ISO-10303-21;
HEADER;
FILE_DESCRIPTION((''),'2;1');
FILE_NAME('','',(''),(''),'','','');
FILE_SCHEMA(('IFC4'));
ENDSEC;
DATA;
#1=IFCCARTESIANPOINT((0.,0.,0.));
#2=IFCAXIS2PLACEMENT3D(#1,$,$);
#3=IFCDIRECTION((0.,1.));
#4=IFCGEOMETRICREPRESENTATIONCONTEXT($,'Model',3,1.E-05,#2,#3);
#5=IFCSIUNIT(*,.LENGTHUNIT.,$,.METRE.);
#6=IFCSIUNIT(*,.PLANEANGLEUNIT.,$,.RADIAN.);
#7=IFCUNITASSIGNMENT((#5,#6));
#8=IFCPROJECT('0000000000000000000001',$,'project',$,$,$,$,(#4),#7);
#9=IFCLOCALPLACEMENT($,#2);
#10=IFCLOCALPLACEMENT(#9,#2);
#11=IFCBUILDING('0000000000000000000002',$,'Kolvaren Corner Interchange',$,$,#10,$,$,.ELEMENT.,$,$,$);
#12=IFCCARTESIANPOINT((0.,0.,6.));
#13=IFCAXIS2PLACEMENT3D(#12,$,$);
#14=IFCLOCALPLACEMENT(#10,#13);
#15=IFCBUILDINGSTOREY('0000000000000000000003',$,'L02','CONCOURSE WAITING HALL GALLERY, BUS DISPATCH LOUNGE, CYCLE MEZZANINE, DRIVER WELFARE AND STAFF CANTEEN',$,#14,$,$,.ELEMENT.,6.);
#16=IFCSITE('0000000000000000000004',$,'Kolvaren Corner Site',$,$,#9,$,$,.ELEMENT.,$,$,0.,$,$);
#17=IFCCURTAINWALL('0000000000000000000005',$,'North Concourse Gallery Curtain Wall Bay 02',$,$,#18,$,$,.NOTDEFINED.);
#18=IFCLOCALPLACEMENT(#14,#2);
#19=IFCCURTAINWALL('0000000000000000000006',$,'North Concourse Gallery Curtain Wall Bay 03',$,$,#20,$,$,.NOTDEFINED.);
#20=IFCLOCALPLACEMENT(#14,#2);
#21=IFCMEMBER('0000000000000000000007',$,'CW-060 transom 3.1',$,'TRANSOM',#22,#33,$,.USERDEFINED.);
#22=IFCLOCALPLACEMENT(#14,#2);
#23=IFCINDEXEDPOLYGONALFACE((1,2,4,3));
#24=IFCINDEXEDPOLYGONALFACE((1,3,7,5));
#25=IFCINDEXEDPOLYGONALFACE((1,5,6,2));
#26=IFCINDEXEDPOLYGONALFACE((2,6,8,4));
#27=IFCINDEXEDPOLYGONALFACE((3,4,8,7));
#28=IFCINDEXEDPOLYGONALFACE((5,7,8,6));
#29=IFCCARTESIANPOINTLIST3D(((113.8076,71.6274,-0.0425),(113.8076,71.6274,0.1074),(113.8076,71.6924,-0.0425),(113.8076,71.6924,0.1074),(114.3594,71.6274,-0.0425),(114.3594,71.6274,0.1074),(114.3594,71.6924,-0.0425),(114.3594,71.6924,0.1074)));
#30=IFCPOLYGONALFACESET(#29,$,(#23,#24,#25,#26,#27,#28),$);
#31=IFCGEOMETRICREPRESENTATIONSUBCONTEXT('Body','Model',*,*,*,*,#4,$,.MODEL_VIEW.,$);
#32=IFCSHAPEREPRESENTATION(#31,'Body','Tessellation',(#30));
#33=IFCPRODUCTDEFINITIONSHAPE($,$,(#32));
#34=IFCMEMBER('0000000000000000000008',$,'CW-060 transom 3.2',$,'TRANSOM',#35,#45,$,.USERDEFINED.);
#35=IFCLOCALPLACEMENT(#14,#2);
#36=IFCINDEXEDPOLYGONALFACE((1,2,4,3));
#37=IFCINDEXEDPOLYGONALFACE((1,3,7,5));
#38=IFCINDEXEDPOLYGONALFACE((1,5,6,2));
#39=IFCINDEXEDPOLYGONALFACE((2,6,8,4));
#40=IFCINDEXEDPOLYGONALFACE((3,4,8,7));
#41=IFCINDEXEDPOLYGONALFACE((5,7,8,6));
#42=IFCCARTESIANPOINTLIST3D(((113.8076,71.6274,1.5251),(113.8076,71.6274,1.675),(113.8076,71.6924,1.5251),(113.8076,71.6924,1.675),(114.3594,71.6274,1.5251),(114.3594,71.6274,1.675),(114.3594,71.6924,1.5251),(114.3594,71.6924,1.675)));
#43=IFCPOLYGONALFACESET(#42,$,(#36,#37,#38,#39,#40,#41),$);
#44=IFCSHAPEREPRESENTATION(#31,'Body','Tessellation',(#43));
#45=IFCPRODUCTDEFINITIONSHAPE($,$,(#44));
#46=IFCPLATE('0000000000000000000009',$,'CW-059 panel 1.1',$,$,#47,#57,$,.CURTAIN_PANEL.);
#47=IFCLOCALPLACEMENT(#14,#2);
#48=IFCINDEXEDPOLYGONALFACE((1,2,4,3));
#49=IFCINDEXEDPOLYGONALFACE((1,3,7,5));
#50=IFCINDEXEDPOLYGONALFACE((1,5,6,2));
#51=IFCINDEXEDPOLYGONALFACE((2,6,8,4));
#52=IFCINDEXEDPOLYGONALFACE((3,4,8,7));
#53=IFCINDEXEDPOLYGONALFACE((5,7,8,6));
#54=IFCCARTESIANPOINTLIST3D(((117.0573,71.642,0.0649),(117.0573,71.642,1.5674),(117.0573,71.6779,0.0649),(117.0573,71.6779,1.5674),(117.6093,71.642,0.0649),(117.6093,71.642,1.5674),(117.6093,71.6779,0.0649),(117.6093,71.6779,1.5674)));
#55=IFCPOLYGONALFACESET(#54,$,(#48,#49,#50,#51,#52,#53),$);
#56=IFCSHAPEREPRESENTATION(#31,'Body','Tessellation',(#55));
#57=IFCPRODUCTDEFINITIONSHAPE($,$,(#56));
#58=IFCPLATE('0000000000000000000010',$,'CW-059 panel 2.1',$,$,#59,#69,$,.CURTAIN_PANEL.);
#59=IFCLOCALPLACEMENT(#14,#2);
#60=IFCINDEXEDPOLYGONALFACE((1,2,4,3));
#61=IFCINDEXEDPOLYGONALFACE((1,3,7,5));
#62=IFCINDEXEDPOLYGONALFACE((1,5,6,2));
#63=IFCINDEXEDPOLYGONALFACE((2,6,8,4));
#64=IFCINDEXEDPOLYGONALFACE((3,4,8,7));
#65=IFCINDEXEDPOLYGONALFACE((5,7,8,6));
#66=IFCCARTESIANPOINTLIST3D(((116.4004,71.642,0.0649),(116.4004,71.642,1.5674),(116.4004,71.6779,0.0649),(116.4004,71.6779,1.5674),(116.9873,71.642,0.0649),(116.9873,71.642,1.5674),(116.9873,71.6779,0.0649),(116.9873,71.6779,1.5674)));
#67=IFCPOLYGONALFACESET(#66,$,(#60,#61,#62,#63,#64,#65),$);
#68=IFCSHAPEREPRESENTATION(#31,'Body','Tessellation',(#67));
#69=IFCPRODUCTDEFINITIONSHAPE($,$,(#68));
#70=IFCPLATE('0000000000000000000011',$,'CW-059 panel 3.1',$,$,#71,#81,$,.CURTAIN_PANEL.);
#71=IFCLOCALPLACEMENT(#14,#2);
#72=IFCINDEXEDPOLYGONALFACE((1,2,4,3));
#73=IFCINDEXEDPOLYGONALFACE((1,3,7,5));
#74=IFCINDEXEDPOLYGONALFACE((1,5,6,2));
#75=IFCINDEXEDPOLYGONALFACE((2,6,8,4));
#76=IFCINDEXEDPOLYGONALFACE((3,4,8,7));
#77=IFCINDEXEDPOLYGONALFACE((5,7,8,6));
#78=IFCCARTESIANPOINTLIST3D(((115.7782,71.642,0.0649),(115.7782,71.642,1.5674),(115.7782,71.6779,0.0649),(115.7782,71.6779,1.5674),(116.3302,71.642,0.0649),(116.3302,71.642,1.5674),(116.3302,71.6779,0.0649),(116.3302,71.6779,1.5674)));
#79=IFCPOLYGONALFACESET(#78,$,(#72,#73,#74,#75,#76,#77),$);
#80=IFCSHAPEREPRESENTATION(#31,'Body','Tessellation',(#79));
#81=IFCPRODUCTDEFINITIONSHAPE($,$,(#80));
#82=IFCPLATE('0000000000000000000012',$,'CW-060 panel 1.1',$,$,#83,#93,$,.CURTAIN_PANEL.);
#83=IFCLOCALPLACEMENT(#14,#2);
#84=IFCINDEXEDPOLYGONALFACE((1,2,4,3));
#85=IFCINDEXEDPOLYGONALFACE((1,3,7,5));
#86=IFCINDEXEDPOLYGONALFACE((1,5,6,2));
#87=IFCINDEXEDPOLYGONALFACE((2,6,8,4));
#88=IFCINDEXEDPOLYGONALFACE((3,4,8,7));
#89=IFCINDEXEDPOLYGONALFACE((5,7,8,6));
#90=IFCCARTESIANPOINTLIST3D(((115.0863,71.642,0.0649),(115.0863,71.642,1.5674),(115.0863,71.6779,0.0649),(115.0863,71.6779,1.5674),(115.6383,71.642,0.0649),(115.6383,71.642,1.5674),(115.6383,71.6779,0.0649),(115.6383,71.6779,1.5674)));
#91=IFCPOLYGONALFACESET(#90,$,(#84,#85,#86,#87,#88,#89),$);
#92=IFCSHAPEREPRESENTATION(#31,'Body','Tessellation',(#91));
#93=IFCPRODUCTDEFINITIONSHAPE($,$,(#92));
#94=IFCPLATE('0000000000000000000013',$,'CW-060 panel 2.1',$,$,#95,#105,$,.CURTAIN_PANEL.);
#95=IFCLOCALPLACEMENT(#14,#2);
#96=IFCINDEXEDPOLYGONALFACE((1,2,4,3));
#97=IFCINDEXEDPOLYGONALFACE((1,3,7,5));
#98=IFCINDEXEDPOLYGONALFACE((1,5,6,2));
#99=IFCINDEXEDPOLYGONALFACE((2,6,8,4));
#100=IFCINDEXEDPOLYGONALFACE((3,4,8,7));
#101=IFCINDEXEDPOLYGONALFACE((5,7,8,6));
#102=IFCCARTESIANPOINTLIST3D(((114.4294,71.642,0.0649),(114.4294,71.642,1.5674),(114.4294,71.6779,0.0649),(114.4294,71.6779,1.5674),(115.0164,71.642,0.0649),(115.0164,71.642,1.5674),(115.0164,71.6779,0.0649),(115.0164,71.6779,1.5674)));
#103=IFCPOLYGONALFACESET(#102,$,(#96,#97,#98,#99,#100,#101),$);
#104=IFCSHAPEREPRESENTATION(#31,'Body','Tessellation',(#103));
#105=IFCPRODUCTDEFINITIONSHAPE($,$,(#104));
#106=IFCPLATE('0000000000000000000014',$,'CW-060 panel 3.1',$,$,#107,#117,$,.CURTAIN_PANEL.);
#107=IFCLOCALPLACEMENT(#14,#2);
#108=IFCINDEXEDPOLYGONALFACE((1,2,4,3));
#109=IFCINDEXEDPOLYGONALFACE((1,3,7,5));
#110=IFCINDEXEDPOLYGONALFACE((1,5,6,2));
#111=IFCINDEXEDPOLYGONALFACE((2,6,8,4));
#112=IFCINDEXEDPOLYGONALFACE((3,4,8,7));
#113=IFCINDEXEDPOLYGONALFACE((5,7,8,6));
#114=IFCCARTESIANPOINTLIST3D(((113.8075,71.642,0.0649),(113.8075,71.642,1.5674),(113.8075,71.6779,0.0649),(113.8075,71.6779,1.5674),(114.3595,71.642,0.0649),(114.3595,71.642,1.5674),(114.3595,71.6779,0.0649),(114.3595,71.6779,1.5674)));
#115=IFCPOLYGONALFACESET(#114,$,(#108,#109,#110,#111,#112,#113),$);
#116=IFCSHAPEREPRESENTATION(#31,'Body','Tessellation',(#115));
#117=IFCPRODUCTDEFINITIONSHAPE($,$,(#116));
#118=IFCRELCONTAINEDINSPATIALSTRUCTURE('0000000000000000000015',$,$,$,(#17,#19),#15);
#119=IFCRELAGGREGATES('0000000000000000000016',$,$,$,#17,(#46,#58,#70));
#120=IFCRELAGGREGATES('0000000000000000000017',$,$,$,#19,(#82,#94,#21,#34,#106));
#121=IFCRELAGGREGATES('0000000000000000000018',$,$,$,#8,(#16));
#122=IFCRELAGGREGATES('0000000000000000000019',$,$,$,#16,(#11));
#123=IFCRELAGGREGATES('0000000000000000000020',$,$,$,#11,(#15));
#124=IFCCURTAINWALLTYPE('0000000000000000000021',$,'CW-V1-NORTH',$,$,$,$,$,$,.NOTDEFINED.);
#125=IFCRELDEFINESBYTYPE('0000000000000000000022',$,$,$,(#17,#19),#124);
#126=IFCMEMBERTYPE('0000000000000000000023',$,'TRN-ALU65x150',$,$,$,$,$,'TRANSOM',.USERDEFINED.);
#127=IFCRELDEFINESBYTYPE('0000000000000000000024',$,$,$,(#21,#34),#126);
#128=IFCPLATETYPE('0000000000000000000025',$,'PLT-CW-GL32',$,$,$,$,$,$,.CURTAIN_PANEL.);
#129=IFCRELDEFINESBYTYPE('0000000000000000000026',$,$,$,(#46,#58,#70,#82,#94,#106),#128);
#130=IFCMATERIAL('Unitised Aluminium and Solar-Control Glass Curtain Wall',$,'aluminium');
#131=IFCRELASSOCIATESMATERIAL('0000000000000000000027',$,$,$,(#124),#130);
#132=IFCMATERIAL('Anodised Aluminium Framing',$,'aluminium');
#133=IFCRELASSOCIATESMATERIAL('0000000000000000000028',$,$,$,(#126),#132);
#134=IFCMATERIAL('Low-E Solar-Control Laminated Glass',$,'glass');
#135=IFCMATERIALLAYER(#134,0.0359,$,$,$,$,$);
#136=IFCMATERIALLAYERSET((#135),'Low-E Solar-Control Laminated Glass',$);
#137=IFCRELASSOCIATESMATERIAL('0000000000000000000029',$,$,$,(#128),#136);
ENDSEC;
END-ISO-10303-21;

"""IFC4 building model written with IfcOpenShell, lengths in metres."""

from ifc_helpers import new_model, si_unit, direction, frame, origin, origin_2d, place, context, subcontext, project, spatial, rectangle, extrude, material, layer, layer_set, material_profile, profile_set, type_object, element, aggregate, save


model = new_model("IFC4")

# Units and contexts
model_context = context("Model", 3, precision=1e-05, world=origin(), true_north=direction((0.0, 1.0)))
body_context = subcontext(model_context, "Body", "Model", "MODEL_VIEW")
ifc_project = project(units=[si_unit("LENGTHUNIT", "METRE"), si_unit("PLANEANGLEUNIT", "RADIAN")], contexts=[model_context])

# Site, building, storey
site_placement = place(None, origin())
site = spatial("IfcSite", under=ifc_project, at=site_placement, Name="Kolvaren Corner Site", CompositionType="ELEMENT", RefElevation=0.0)
building_placement = place(site_placement, origin())
building = spatial("IfcBuilding", under=site, at=building_placement, Name="Kolvaren Corner Interchange", CompositionType="ELEMENT")
storey_placement = place(building_placement, frame((0.0, 0.0, 6.0)))
storey = spatial("IfcBuildingStorey", under=building, at=storey_placement, Name="L02", Description="CONCOURSE WAITING HALL GALLERY, BUS DISPATCH LOUNGE, CYCLE MEZZANINE, DRIVER WELFARE AND STAFF CANTEEN", CompositionType="ELEMENT", Elevation=6.0)

# Curtain walls
ifc_material_1 = material(Name="Unitised Aluminium and Solar-Control Glass Curtain Wall", Category="aluminium")
curtain_wall_type = type_object("IfcCurtainWallType", Name="CW-V1-NORTH", PredefinedType="NOTDEFINED", material=ifc_material_1)
curtain_wall_1_placement = place(storey_placement, origin())
curtain_wall_1 = element("IfcCurtainWall", 1, at=curtain_wall_1_placement, inside=storey, type_object=curtain_wall_type, Name="North Concourse Gallery Curtain Wall Bay 02", PredefinedType="NOTDEFINED")
curtain_wall_2_placement = place(storey_placement, origin())
curtain_wall_2 = element("IfcCurtainWall", 2, at=curtain_wall_2_placement, inside=storey, type_object=curtain_wall_type, Name="North Concourse Gallery Curtain Wall Bay 03", PredefinedType="NOTDEFINED")

# Members
ifc_material_2 = material(Name="Anodised Aluminium Framing", Category="aluminium")
ifc_material_profile_1 = material_profile(ifc_material_2, rectangle(XDim=0.0649, YDim=0.1499, at=origin_2d()), Name="ALU 65x150")
ifc_profile_set_1 = profile_set([ifc_material_profile_1], Name="Anodised Aluminium Framing")
member_type_1 = type_object("IfcMemberType", Name="TRN-ALU65x150", ElementType="TRANSOM", PredefinedType="USERDEFINED", material=ifc_profile_set_1)
member_1_placement = place(storey_placement, frame((114.3594, 71.6599, 0.0325), z_axis=(-1.0, 0.0, 0.0), x_axis=(0.0, -1.0, 0.0)))
member_1 = element("IfcMember", 3, at=member_1_placement, type_object=member_type_1, Name="CW-060 transom 3.1", ObjectType="TRANSOM", PredefinedType="USERDEFINED", context=body_context, shape_type="SweptSolid", body=[
    extrude(rectangle(XDim=0.0649, YDim=0.1499, at=origin_2d()), origin(), (0.0, 0.0, 1.0), 0.5518),
])
member_2_placement = place(storey_placement, frame((114.3594, 71.6599, 1.6001), z_axis=(-1.0, 0.0, 0.0), x_axis=(0.0, -1.0, 0.0)))
member_2 = element("IfcMember", 4, at=member_2_placement, type_object=member_type_1, Name="CW-060 transom 3.2", ObjectType="TRANSOM", PredefinedType="USERDEFINED", context=body_context, shape_type="SweptSolid", body=[
    extrude(rectangle(XDim=0.0649, YDim=0.1499, at=origin_2d()), origin(), (0.0, 0.0, 1.0), 0.5518),
])

# Plates
ifc_material_3 = material(Name="Low-E Solar-Control Laminated Glass", Category="glass")
ifc_layer = layer(ifc_material_3, 0.0359)
ifc_layer_set = layer_set([ifc_layer], Name="Low-E Solar-Control Laminated Glass")
plate_type = type_object("IfcPlateType", Name="PLT-CW-GL32", PredefinedType="CURTAIN_PANEL", material=ifc_layer_set)
plate_1_placement = place(storey_placement, frame((117.3333, 71.6599, 0.0649), z_axis=(0.0, 0.0, 1.0), x_axis=(-1.0, 0.0, 0.0)))
plate_1 = element("IfcPlate", 5, at=plate_1_placement, type_object=plate_type, Name="CW-059 panel 1.1", PredefinedType="CURTAIN_PANEL", context=body_context, shape_type="SweptSolid", body=[
    extrude(rectangle(XDim=0.552, YDim=0.0359, at=origin_2d()), origin(), (0.0, 0.0, 1.0), 1.5024),
])
plate_2_placement = place(storey_placement, frame((116.6938, 71.6599, 0.0649), z_axis=(0.0, 0.0, 1.0), x_axis=(-1.0, 0.0, 0.0)))
plate_2 = element("IfcPlate", 6, at=plate_2_placement, type_object=plate_type, Name="CW-059 panel 2.1", PredefinedType="CURTAIN_PANEL", context=body_context, shape_type="SweptSolid", body=[
    extrude(rectangle(XDim=0.5869, YDim=0.0359, at=origin_2d()), origin(), (0.0, 0.0, 1.0), 1.5024),
])
plate_3_placement = place(storey_placement, frame((116.0542, 71.6599, 0.0649), z_axis=(0.0, 0.0, 1.0), x_axis=(-1.0, 0.0, 0.0)))
plate_3 = element("IfcPlate", 7, at=plate_3_placement, type_object=plate_type, Name="CW-059 panel 3.1", PredefinedType="CURTAIN_PANEL", context=body_context, shape_type="SweptSolid", body=[
    extrude(rectangle(XDim=0.552, YDim=0.0359, at=origin_2d()), origin(), (0.0, 0.0, 1.0), 1.5024),
])
aggregate(curtain_wall_1, [plate_1, plate_2, plate_3])
plate_4_placement = place(storey_placement, frame((115.3623, 71.6599, 0.0649), z_axis=(0.0, 0.0, 1.0), x_axis=(-1.0, 0.0, 0.0)))
plate_4 = element("IfcPlate", 8, at=plate_4_placement, type_object=plate_type, Name="CW-060 panel 1.1", PredefinedType="CURTAIN_PANEL", context=body_context, shape_type="SweptSolid", body=[
    extrude(rectangle(XDim=0.552, YDim=0.0359, at=origin_2d()), origin(), (0.0, 0.0, 1.0), 1.5024),
])
plate_5_placement = place(storey_placement, frame((114.7229, 71.6599, 0.0649), z_axis=(0.0, 0.0, 1.0), x_axis=(-1.0, 0.0, 0.0)))
plate_5 = element("IfcPlate", 9, at=plate_5_placement, type_object=plate_type, Name="CW-060 panel 2.1", PredefinedType="CURTAIN_PANEL", context=body_context, shape_type="SweptSolid", body=[
    extrude(rectangle(XDim=0.5869, YDim=0.0359, at=origin_2d()), origin(), (0.0, 0.0, 1.0), 1.5024),
])
plate_6_placement = place(storey_placement, frame((114.0835, 71.6599, 0.0649), z_axis=(0.0, 0.0, 1.0), x_axis=(-1.0, 0.0, 0.0)))
plate_6 = element("IfcPlate", 10, at=plate_6_placement, type_object=plate_type, Name="CW-060 panel 3.1", PredefinedType="CURTAIN_PANEL", context=body_context, shape_type="SweptSolid", body=[
    extrude(rectangle(XDim=0.552, YDim=0.0359, at=origin_2d()), origin(), (0.0, 0.0, 1.0), 1.5024),
])
aggregate(curtain_wall_2, [plate_4, plate_5, member_1, member_2, plate_6])

save(model, "model.ifc")
